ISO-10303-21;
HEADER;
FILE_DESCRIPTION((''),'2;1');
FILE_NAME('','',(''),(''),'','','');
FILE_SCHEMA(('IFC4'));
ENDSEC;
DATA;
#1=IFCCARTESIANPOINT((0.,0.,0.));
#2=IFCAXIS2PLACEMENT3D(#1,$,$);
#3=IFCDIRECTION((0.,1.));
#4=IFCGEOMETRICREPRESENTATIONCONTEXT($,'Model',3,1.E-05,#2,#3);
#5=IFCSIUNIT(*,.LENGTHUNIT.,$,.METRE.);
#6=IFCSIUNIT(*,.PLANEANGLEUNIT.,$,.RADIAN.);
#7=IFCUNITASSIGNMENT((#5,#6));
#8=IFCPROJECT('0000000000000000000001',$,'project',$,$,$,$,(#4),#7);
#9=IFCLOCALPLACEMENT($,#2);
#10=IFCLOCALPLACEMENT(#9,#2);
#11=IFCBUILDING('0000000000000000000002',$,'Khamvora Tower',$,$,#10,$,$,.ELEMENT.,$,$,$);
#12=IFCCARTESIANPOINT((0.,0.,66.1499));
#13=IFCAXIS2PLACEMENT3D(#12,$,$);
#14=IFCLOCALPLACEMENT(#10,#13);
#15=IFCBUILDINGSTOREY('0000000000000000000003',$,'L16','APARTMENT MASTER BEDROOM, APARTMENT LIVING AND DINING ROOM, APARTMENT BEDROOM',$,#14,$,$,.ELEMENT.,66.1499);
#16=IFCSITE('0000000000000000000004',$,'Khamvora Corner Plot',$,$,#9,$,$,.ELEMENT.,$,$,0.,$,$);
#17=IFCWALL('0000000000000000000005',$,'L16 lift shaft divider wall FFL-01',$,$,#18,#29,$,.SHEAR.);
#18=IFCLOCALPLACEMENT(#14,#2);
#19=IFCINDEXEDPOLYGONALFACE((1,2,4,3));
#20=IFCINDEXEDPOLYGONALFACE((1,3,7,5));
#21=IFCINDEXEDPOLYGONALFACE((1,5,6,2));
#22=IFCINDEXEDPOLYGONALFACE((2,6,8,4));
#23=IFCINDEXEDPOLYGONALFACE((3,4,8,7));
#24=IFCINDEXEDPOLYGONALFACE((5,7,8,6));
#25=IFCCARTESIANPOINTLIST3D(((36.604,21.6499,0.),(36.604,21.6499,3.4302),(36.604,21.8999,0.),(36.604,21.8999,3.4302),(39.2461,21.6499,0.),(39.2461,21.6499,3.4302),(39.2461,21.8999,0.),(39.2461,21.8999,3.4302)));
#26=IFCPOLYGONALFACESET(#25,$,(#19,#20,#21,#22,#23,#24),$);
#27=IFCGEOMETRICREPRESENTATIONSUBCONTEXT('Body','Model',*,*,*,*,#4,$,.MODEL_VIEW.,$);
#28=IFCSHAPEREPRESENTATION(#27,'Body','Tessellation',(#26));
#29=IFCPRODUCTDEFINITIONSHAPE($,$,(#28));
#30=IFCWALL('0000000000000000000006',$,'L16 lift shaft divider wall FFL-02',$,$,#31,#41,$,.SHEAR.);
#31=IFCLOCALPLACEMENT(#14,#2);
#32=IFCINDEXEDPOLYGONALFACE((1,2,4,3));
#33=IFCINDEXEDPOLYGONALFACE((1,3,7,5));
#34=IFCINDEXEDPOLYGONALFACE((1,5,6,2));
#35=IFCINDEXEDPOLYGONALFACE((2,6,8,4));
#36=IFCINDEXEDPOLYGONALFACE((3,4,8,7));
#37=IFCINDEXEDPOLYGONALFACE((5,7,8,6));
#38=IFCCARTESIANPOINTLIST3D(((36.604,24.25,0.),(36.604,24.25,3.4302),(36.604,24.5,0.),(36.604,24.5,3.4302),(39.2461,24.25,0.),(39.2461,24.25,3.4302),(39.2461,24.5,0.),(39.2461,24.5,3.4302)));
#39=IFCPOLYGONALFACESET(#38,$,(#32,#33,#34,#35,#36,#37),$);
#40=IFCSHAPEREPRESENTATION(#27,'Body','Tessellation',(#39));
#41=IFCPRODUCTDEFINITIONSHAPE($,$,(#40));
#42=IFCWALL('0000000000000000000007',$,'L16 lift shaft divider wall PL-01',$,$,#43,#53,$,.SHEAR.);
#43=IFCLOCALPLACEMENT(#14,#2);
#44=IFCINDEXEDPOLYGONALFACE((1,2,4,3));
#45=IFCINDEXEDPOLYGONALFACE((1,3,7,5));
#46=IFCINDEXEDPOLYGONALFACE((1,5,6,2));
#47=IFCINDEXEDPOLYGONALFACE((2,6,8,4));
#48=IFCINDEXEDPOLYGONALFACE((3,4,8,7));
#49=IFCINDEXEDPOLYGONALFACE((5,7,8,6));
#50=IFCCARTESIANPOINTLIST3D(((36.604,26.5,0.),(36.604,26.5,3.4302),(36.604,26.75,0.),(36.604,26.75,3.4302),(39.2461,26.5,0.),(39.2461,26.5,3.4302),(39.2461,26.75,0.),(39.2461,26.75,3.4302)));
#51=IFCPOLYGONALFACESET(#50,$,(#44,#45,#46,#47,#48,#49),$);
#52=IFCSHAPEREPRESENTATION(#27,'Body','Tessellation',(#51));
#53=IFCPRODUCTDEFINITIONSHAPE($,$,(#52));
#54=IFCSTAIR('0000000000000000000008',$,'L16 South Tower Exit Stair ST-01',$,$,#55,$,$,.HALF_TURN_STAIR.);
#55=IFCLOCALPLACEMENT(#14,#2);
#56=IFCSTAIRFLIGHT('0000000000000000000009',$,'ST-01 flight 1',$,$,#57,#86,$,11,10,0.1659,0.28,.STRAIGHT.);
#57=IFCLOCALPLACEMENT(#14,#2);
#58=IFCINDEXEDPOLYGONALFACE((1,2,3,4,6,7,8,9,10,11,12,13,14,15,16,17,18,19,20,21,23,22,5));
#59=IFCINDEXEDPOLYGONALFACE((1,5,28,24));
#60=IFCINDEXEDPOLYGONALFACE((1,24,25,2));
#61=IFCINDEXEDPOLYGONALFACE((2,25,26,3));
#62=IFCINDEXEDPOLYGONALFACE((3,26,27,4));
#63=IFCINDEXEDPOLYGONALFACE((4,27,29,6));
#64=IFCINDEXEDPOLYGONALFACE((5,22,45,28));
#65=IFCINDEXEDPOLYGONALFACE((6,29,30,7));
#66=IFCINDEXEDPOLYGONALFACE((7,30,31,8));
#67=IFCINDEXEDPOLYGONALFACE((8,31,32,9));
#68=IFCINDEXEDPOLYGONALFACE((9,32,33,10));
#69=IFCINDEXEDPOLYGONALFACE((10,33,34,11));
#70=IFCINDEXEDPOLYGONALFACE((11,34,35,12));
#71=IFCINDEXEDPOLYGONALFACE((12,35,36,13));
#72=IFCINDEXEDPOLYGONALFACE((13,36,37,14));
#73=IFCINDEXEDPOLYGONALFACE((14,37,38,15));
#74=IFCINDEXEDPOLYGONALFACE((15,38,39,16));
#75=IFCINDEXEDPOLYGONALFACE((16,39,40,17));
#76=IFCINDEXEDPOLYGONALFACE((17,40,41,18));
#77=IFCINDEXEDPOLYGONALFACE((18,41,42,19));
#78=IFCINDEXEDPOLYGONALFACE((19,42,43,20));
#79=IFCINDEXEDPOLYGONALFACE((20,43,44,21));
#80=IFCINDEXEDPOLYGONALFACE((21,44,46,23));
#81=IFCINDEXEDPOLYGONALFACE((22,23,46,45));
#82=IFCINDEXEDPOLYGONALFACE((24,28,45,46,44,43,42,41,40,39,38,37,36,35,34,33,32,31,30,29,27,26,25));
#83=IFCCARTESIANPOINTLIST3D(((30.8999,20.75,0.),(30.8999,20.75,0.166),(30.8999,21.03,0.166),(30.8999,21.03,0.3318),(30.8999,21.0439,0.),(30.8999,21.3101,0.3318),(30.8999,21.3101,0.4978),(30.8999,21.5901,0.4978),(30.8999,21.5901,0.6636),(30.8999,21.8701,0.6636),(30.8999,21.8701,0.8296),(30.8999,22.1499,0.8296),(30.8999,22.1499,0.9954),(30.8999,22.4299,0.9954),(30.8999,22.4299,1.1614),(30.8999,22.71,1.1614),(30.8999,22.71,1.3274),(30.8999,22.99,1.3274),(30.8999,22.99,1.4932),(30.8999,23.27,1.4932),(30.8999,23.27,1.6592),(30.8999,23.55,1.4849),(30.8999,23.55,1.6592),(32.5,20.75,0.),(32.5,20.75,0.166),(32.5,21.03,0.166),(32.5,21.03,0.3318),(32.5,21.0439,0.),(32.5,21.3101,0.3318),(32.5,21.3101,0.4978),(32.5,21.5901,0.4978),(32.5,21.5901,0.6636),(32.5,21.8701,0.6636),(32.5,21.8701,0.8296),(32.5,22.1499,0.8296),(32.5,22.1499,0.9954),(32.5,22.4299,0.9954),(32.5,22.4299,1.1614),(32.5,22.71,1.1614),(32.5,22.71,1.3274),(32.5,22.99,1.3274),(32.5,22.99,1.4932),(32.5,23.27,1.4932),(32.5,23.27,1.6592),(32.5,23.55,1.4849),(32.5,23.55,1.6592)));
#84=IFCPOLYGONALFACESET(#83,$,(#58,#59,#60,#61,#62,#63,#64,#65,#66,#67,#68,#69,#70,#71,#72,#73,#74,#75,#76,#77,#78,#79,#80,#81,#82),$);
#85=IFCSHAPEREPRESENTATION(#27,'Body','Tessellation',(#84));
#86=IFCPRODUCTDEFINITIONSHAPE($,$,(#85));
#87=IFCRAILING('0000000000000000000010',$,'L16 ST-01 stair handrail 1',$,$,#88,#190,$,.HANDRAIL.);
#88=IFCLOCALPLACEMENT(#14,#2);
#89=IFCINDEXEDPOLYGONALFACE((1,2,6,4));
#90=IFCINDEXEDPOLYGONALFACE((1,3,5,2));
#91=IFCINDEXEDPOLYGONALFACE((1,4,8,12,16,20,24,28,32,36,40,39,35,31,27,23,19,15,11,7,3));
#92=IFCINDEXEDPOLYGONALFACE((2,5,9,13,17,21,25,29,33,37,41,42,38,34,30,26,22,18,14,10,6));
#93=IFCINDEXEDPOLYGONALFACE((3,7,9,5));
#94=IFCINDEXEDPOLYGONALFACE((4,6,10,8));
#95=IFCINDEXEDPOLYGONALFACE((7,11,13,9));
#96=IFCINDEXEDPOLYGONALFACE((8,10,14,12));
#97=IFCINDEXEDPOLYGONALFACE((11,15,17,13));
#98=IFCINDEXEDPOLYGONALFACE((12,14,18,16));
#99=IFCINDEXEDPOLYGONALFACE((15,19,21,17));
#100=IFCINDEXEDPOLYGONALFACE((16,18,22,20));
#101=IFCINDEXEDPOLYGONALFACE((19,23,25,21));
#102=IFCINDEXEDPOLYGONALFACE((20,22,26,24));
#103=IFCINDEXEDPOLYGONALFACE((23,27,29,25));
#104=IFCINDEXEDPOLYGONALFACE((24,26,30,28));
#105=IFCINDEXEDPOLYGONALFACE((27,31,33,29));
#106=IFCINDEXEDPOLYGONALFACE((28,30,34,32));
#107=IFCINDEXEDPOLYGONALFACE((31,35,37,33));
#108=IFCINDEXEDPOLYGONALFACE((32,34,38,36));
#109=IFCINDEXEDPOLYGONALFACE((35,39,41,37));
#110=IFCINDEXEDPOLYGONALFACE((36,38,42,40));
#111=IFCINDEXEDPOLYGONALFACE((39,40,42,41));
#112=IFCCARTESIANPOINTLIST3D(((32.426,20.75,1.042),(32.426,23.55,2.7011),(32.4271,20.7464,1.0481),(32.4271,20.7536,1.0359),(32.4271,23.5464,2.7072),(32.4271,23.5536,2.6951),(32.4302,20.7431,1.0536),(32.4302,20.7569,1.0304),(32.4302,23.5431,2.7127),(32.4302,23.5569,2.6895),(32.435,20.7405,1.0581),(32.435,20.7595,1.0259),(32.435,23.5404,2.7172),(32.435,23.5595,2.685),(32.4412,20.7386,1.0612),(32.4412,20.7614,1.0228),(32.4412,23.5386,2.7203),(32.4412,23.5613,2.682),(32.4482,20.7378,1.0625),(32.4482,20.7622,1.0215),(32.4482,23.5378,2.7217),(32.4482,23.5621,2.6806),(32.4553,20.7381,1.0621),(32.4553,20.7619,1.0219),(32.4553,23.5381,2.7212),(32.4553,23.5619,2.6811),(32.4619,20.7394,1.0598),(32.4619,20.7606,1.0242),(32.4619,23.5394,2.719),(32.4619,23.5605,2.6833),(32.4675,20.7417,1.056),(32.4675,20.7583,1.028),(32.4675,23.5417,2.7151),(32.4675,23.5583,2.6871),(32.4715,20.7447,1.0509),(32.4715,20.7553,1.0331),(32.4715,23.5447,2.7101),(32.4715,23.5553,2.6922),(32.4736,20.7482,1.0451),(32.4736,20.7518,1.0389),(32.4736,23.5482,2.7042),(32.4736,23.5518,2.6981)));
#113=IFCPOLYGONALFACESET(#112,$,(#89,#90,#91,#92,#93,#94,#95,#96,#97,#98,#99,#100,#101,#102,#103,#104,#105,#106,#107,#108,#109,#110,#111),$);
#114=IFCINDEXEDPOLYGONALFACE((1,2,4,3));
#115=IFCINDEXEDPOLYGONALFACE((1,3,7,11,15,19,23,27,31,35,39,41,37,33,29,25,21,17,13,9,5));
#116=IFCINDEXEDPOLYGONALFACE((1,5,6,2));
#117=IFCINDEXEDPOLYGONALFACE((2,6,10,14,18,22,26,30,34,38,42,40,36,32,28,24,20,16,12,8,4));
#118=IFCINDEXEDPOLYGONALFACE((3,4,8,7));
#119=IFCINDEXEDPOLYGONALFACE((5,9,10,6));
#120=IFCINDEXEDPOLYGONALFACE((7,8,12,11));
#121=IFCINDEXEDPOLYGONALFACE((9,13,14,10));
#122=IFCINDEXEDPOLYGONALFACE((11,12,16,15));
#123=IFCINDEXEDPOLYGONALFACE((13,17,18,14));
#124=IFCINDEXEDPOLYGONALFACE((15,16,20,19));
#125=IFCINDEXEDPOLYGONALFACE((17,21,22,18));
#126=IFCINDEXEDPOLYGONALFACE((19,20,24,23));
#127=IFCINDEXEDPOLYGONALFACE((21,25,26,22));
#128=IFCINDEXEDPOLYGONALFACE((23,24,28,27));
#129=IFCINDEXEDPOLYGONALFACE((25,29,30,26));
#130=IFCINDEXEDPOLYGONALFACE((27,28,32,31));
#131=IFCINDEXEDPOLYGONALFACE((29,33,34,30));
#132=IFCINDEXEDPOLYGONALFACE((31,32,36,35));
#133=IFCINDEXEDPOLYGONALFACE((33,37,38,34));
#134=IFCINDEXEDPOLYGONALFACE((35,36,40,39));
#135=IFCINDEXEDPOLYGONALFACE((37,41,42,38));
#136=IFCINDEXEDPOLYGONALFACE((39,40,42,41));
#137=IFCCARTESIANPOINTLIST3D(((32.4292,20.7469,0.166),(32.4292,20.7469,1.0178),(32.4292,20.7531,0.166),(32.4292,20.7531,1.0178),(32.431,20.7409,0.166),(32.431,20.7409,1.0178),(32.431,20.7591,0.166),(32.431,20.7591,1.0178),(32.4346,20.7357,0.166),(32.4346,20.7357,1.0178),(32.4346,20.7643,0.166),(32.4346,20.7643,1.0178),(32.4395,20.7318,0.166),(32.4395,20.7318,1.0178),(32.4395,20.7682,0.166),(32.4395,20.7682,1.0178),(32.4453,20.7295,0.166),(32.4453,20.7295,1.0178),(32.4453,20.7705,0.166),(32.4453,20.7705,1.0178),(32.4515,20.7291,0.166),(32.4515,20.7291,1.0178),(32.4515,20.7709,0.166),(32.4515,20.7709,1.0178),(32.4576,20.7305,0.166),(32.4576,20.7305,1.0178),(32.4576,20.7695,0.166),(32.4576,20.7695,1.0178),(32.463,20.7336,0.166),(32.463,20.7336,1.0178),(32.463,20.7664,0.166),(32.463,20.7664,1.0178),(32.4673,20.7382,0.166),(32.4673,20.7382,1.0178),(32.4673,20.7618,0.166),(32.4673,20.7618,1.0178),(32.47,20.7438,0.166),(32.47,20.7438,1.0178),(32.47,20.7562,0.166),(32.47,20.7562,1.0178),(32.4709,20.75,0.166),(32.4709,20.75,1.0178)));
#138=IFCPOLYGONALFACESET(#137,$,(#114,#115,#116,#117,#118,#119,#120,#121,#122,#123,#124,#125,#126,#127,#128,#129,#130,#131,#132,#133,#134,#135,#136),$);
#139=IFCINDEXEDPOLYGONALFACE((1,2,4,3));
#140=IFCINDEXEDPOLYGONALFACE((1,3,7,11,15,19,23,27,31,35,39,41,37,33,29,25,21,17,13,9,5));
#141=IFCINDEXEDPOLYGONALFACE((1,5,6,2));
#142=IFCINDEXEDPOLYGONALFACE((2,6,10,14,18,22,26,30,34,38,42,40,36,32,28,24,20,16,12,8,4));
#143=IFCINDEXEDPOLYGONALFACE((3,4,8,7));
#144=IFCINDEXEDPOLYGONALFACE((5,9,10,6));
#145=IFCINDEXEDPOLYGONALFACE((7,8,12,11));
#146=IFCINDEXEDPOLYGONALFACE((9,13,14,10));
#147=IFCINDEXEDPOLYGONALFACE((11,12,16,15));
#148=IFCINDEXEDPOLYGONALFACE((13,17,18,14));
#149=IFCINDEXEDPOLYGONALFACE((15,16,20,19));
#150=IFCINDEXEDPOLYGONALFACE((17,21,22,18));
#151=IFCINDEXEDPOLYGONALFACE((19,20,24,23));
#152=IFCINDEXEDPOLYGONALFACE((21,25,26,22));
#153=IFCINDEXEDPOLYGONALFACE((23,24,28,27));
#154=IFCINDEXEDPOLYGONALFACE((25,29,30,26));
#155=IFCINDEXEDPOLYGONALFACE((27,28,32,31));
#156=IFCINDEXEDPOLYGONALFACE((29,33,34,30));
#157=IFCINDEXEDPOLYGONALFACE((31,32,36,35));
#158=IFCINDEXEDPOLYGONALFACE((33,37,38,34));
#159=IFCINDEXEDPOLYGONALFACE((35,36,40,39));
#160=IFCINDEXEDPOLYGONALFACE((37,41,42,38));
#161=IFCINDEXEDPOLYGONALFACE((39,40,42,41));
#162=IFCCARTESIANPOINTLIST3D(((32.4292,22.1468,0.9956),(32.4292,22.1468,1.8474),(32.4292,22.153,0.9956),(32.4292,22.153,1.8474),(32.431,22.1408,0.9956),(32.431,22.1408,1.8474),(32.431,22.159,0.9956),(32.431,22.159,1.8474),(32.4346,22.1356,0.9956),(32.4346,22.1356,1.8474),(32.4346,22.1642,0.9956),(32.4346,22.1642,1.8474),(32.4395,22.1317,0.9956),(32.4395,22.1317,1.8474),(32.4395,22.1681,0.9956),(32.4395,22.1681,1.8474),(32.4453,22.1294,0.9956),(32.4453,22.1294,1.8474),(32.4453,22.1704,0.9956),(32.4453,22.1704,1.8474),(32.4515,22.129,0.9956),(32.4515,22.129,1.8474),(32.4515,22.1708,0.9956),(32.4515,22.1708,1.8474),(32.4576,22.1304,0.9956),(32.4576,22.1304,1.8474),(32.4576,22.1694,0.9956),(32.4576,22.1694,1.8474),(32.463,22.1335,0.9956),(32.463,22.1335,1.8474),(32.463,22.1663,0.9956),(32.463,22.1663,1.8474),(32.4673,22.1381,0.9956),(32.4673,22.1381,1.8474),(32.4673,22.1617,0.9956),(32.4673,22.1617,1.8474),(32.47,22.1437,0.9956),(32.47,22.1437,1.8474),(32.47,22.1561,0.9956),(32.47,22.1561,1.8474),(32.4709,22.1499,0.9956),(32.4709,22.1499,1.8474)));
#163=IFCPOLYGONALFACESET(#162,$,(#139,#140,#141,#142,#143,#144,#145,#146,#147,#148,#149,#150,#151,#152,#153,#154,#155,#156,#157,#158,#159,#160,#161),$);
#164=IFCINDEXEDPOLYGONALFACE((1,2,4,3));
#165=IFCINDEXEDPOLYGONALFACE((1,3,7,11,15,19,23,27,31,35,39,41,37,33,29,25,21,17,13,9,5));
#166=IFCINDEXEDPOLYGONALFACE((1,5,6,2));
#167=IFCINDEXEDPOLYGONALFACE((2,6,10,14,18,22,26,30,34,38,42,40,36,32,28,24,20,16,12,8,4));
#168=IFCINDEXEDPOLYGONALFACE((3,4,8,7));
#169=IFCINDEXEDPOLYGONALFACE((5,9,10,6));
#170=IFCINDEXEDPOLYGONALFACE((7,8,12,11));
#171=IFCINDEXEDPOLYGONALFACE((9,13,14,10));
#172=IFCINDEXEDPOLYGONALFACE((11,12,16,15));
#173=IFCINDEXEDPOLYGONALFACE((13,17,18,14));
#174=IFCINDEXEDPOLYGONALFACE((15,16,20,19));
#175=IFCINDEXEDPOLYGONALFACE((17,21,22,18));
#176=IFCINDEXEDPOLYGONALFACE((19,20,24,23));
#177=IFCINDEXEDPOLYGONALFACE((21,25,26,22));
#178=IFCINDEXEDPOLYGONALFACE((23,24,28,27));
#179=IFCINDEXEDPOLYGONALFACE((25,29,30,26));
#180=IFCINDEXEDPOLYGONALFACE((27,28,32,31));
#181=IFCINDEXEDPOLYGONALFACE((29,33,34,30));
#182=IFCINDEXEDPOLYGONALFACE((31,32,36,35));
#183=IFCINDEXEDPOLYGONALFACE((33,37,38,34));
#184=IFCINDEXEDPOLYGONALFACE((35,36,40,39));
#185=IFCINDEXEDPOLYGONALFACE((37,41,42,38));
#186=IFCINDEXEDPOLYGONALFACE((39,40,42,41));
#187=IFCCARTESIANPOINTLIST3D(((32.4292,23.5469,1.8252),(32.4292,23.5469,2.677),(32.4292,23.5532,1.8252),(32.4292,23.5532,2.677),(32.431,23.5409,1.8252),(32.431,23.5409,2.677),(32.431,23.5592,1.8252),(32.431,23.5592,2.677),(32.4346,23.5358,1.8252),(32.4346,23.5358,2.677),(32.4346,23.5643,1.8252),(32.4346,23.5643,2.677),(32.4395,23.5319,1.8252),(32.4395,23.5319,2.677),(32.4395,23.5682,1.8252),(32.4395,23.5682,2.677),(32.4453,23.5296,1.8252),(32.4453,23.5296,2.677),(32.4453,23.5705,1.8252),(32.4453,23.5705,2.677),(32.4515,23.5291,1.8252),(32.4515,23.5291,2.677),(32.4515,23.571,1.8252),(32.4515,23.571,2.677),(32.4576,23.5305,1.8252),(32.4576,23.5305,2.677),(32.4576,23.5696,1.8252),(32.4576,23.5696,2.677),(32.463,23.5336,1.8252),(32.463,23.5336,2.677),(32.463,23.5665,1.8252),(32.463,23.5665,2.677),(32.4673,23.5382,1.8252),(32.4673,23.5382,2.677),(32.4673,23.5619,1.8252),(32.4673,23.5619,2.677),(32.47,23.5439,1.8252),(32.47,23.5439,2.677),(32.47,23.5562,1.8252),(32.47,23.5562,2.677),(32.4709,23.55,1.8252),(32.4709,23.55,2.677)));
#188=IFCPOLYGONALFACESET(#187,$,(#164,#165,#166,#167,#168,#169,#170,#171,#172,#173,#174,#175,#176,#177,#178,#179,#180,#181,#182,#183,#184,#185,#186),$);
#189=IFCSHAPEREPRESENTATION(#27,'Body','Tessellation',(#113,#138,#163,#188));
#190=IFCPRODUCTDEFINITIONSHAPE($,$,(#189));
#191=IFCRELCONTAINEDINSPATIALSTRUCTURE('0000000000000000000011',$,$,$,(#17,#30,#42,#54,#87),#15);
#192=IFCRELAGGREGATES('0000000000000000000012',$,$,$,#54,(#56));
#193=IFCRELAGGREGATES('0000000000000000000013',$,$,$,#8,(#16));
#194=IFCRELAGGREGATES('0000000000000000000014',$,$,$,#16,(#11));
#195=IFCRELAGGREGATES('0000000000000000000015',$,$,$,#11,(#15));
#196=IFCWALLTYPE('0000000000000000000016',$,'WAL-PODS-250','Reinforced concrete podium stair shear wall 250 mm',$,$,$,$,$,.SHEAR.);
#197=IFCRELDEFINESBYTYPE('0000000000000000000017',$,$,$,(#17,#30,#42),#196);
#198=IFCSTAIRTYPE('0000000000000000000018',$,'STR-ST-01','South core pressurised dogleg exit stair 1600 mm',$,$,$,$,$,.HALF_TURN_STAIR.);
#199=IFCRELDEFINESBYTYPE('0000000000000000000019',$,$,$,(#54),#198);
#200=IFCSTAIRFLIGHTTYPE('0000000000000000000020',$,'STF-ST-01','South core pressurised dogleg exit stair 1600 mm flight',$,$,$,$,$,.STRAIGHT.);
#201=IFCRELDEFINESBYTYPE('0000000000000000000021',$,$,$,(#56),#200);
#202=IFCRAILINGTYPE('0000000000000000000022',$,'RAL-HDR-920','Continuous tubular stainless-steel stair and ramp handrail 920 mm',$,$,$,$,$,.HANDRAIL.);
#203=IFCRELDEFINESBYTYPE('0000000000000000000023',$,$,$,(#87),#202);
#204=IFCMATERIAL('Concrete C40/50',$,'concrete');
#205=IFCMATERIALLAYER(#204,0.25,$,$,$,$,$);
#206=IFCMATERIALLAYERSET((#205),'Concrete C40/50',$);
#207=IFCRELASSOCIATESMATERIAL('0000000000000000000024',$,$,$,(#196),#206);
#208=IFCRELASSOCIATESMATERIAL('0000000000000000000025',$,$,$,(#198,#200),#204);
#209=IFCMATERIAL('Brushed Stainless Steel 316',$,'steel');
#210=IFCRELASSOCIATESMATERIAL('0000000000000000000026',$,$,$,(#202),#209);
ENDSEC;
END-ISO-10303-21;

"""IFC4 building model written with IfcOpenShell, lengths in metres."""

from ifc_helpers import new_model, si_unit, direction, frame, frame_2d, origin, origin_2d, place, context, subcontext, project, spatial, polyline, rectangle, circle, outline, extrude, material, layer, layer_set, type_object, element, aggregate, save


model = new_model("IFC4")

# Units and contexts
model_context = context("Model", 3, precision=1e-05, world=origin(), true_north=direction((0.0, 1.0)))
body_context = subcontext(model_context, "Body", "Model", "MODEL_VIEW")
ifc_project = project(units=[si_unit("LENGTHUNIT", "METRE"), si_unit("PLANEANGLEUNIT", "RADIAN")], contexts=[model_context])

# Site, building, storey
site_placement = place(None, origin())
site = spatial("IfcSite", under=ifc_project, at=site_placement, Name="Khamvora Corner Plot", CompositionType="ELEMENT", RefElevation=0.0)
building_placement = place(site_placement, origin())
building = spatial("IfcBuilding", under=site, at=building_placement, Name="Khamvora Tower", CompositionType="ELEMENT")
storey_placement = place(building_placement, frame((0.0, 0.0, 66.1499)))
storey = spatial("IfcBuildingStorey", under=building, at=storey_placement, Name="L16", Description="APARTMENT MASTER BEDROOM, APARTMENT LIVING AND DINING ROOM, APARTMENT BEDROOM", CompositionType="ELEMENT", Elevation=66.1499)

# Walls
ifc_material_1 = material(Name="Concrete C40/50", Category="concrete")
ifc_layer_1 = layer(ifc_material_1, 0.25)
ifc_layer_set_1 = layer_set([ifc_layer_1], Name="Concrete C40/50")
wall_type_1 = type_object("IfcWallType", Name="WAL-PODS-250", Description="Reinforced concrete podium stair shear wall 250 mm", PredefinedType="SHEAR", material=ifc_layer_set_1)
for number, where, z_axis, x_axis, name in (
    (1, (36.604, 21.7749, 0.0), (0.0, 0.0, 1.0), (1.0, 0.0, 0.0), "L16 lift shaft divider wall FFL-01"),
    (2, (36.604, 24.375, 0.0), (0.0, 0.0, 1.0), (1.0, 0.0, 0.0), "L16 lift shaft divider wall FFL-02"),
    (3, (36.604, 26.625, 0.0), (0.0, 0.0, 1.0), (1.0, 0.0, 0.0), "L16 lift shaft divider wall PL-01"),
):
    element("IfcWall", number, at=place(storey_placement, frame(where, z_axis=z_axis, x_axis=x_axis)), inside=storey, type_object=wall_type_1, Name=name, PredefinedType="SHEAR", context=body_context, shape_type="SweptSolid", body=[
        extrude(rectangle(XDim=2.6421, YDim=0.25, at=frame_2d((1.321, 0.0))), origin(), (0.0, 0.0, 1.0), 3.4302),
    ])

# Stair, stair flight
stair_type = type_object("IfcStairType", Name="STR-ST-01", Description="South core pressurised dogleg exit stair 1600 mm", PredefinedType="HALF_TURN_STAIR", material=ifc_material_1)
stair_placement = place(storey_placement, origin())
stair = element("IfcStair", 4, at=stair_placement, inside=storey, type_object=stair_type, Name="L16 South Tower Exit Stair ST-01", PredefinedType="HALF_TURN_STAIR")
stair_flight_type = type_object("IfcStairFlightType", Name="STF-ST-01", Description="South core pressurised dogleg exit stair 1600 mm flight", PredefinedType="STRAIGHT", material=ifc_material_1)
stair_flight_placement = place(storey_placement, frame((31.7, 20.75, 0.0), z_axis=(0.0, 0.0, 1.0), x_axis=(0.0, 1.0, 0.0)))
stair_flight = element("IfcStairFlight", 5, at=stair_flight_placement, type_object=stair_flight_type, Name="ST-01 flight 1", NumberOfRisers=11, NumberOfTreads=10, PredefinedType="STRAIGHT", RiserHeight=0.1659, TreadLength=0.28, context=body_context, shape_type="SweptSolid", body=[
    extrude(outline(polyline([(0.0, 0.0), (0.0, 0.166), (0.28, 0.166), (0.28, 0.3318), (0.5601, 0.3318), (0.5601, 0.4978), (0.8401, 0.4978), (0.8401, 0.6636), (1.1201, 0.6636), (1.1201, 0.8296), (1.3999, 0.8296), (1.3999, 0.9954), (1.6799, 0.9954), (1.6799, 1.1614), (1.96, 1.1614), (1.96, 1.3274), (2.24, 1.3274), (2.24, 1.4932), (2.52, 1.4932), (2.52, 1.6592), (2.8, 1.6592), (2.8, 1.825), (2.8, 1.4849), (0.2939, 0.0), (0.0, 0.0)])), frame((0.0, 0.8, 0.0), z_axis=(0.0, -1.0, 0.0), x_axis=(1.0, 0.0, 0.0)), (0.0, 0.0, 1.0), 1.6001),
])
aggregate(stair, [stair_flight])

# Railing
ifc_material_2 = material(Name="Brushed Stainless Steel 316", Category="steel")
railing_type_1 = type_object("IfcRailingType", Name="RAL-HDR-920", Description="Continuous tubular stainless-steel stair and ramp handrail 920 mm", PredefinedType="HANDRAIL", material=ifc_material_2)
railing_1_placement = place(storey_placement, frame((32.45, 20.75, 0.166)))
element("IfcRailing", 6, at=railing_1_placement, inside=storey, type_object=railing_type_1, Name="L16 ST-01 stair handrail 1", PredefinedType="HANDRAIL", context=body_context, shape_type="SweptSolid", body=[
    extrude(circle(Radius=0.0239, at=origin_2d()), frame((0.0, 0.0, 0.876), z_axis=(0.0, 0.860306, 0.509778), x_axis=(-1.0, 0.0, 0.0)), (0.0, 0.0, 1.0), 3.2546),
    extrude(circle(Radius=0.021, at=origin_2d()), origin(), (0.0, 0.0, 1.0), 0.8518),
    extrude(circle(Radius=0.021, at=origin_2d()), frame((0.0, 1.3999, 0.8296)), (0.0, 0.0, 1.0), 0.8518),
    extrude(circle(Radius=0.021, at=origin_2d()), frame((0.0, 2.8, 1.6592)), (0.0, 0.0, 1.0), 0.8518),
])

save(model, "model.ifc")
